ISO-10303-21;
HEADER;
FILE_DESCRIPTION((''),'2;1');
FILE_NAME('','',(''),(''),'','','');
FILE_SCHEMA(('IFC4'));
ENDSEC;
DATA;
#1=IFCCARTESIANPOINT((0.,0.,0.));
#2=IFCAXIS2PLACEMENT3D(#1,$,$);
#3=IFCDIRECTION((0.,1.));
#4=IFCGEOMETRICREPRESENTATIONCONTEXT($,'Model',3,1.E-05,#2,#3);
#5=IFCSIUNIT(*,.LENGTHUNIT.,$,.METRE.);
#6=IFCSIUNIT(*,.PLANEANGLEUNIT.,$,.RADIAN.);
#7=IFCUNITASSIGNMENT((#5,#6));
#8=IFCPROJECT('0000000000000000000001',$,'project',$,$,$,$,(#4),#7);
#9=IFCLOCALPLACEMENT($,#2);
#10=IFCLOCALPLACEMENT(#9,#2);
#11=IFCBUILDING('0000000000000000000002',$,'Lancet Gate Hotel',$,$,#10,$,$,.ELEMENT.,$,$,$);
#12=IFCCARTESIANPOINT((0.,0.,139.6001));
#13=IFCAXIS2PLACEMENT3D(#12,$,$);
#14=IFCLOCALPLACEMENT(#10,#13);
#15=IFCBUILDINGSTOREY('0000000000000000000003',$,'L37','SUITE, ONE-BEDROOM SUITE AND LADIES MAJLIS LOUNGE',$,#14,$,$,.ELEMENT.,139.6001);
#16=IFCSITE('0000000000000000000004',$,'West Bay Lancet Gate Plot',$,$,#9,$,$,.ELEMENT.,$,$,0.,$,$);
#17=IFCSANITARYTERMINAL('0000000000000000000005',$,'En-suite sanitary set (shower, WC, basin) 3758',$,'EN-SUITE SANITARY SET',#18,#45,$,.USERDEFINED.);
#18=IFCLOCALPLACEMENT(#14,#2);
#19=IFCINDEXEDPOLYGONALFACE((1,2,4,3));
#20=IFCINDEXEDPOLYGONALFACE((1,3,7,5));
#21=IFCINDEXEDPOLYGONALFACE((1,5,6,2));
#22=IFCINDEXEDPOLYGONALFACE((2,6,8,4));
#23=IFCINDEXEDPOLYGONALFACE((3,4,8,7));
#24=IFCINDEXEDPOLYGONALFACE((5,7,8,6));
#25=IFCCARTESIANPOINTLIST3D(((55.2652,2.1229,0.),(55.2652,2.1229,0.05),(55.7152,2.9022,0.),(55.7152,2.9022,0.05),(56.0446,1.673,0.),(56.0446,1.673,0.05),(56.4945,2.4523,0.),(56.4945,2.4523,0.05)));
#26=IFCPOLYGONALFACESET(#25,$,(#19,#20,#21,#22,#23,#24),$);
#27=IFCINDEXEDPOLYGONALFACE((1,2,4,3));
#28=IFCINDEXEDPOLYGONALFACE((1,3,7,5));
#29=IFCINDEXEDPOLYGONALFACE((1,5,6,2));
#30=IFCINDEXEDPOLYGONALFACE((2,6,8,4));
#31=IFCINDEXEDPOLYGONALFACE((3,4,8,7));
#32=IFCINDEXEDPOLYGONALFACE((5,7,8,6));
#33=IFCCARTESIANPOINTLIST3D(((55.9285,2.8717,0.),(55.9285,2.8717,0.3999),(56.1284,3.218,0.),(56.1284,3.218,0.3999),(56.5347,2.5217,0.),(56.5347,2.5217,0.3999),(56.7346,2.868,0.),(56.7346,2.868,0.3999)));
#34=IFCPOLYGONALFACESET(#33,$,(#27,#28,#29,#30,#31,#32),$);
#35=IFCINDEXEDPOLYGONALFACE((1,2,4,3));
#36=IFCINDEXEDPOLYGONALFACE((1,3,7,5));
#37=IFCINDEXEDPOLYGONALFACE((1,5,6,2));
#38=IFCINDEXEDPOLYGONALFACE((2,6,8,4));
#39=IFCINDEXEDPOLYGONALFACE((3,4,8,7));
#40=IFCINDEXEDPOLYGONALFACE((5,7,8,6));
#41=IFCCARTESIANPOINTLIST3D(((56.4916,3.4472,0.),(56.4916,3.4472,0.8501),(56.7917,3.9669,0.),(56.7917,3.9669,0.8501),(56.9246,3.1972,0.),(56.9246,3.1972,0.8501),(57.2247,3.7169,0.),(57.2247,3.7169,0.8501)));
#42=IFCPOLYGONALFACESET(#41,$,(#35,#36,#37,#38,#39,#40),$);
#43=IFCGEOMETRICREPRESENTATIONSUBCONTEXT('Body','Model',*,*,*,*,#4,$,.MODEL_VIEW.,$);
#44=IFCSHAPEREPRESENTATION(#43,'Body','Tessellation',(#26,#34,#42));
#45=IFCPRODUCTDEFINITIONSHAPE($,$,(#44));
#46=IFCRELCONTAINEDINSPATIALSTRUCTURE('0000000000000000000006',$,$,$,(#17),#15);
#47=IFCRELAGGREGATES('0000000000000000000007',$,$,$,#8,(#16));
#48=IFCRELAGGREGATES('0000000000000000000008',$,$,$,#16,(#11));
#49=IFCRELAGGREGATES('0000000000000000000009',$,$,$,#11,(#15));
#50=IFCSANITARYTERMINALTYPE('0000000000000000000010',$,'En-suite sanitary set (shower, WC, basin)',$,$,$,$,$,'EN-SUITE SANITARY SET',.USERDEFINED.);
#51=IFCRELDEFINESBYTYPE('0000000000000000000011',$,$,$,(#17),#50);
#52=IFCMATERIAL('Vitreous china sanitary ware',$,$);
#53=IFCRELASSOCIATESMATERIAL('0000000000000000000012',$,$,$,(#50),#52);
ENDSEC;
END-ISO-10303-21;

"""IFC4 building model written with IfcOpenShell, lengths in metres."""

from ifc_helpers import new_model, si_unit, direction, frame, origin, origin_2d, place, context, subcontext, project, spatial, rectangle, extrude, material, type_object, element, save


model = new_model("IFC4")

# Units and contexts
model_context = context("Model", 3, precision=1e-05, world=origin(), true_north=direction((0.0, 1.0)))
body_context = subcontext(model_context, "Body", "Model", "MODEL_VIEW")
ifc_project = project(units=[si_unit("LENGTHUNIT", "METRE"), si_unit("PLANEANGLEUNIT", "RADIAN")], contexts=[model_context])

# Site, building, storey
site_placement = place(None, origin())
site = spatial("IfcSite", under=ifc_project, at=site_placement, Name="West Bay Lancet Gate Plot", CompositionType="ELEMENT", RefElevation=0.0)
building_placement = place(site_placement, origin())
building = spatial("IfcBuilding", under=site, at=building_placement, Name="Lancet Gate Hotel", CompositionType="ELEMENT")
storey_placement = place(building_placement, frame((0.0, 0.0, 139.6001)))
storey = spatial("IfcBuildingStorey", under=building, at=storey_placement, Name="L37", Description="SUITE, ONE-BEDROOM SUITE AND LADIES MAJLIS LOUNGE", CompositionType="ELEMENT", Elevation=139.6001)

# Sanitary terminal
ifc_material_1 = material(Name="Vitreous china sanitary ware")
sanitary_terminal_type = type_object("IfcSanitaryTerminalType", Name="En-suite sanitary set (shower, WC, basin)", ElementType="EN-SUITE SANITARY SET", PredefinedType="USERDEFINED", material=ifc_material_1)
sanitary_terminal_placement = place(storey_placement, frame((55.8799, 2.2876, 0.0), z_axis=(0.0, 0.0, 1.0), x_axis=(1.0, 0.0, 0.0)))
element("IfcSanitaryTerminal", 1, at=sanitary_terminal_placement, inside=storey, type_object=sanitary_terminal_type, Name="En-suite sanitary set (shower, WC, basin) 3758", ObjectType="EN-SUITE SANITARY SET", PredefinedType="USERDEFINED", context=body_context, shape_type="SweptSolid", body=[
    extrude(rectangle(XDim=0.8999, YDim=0.8999, at=origin_2d()), frame((0.0, 0.0, 0.0), z_axis=(0.0, 0.0, 1.0), x_axis=(-0.5, -0.866025, 0.0)), (0.0, 0.0, 1.0), 0.05),
    extrude(rectangle(XDim=0.3999, YDim=0.7, at=origin_2d()), frame((0.4517, 0.5823, 0.0), z_axis=(0.0, 0.0, 1.0), x_axis=(-0.5, -0.866025, 0.0)), (0.0, 0.0, 1.0), 0.3999),
    extrude(rectangle(XDim=0.6001, YDim=0.5, at=origin_2d()), frame((0.9783, 1.2944, 0.0), z_axis=(0.0, 0.0, 1.0), x_axis=(-0.5, -0.866025, 0.0)), (0.0, 0.0, 1.0), 0.8501),
])

save(model, "model.ifc")
